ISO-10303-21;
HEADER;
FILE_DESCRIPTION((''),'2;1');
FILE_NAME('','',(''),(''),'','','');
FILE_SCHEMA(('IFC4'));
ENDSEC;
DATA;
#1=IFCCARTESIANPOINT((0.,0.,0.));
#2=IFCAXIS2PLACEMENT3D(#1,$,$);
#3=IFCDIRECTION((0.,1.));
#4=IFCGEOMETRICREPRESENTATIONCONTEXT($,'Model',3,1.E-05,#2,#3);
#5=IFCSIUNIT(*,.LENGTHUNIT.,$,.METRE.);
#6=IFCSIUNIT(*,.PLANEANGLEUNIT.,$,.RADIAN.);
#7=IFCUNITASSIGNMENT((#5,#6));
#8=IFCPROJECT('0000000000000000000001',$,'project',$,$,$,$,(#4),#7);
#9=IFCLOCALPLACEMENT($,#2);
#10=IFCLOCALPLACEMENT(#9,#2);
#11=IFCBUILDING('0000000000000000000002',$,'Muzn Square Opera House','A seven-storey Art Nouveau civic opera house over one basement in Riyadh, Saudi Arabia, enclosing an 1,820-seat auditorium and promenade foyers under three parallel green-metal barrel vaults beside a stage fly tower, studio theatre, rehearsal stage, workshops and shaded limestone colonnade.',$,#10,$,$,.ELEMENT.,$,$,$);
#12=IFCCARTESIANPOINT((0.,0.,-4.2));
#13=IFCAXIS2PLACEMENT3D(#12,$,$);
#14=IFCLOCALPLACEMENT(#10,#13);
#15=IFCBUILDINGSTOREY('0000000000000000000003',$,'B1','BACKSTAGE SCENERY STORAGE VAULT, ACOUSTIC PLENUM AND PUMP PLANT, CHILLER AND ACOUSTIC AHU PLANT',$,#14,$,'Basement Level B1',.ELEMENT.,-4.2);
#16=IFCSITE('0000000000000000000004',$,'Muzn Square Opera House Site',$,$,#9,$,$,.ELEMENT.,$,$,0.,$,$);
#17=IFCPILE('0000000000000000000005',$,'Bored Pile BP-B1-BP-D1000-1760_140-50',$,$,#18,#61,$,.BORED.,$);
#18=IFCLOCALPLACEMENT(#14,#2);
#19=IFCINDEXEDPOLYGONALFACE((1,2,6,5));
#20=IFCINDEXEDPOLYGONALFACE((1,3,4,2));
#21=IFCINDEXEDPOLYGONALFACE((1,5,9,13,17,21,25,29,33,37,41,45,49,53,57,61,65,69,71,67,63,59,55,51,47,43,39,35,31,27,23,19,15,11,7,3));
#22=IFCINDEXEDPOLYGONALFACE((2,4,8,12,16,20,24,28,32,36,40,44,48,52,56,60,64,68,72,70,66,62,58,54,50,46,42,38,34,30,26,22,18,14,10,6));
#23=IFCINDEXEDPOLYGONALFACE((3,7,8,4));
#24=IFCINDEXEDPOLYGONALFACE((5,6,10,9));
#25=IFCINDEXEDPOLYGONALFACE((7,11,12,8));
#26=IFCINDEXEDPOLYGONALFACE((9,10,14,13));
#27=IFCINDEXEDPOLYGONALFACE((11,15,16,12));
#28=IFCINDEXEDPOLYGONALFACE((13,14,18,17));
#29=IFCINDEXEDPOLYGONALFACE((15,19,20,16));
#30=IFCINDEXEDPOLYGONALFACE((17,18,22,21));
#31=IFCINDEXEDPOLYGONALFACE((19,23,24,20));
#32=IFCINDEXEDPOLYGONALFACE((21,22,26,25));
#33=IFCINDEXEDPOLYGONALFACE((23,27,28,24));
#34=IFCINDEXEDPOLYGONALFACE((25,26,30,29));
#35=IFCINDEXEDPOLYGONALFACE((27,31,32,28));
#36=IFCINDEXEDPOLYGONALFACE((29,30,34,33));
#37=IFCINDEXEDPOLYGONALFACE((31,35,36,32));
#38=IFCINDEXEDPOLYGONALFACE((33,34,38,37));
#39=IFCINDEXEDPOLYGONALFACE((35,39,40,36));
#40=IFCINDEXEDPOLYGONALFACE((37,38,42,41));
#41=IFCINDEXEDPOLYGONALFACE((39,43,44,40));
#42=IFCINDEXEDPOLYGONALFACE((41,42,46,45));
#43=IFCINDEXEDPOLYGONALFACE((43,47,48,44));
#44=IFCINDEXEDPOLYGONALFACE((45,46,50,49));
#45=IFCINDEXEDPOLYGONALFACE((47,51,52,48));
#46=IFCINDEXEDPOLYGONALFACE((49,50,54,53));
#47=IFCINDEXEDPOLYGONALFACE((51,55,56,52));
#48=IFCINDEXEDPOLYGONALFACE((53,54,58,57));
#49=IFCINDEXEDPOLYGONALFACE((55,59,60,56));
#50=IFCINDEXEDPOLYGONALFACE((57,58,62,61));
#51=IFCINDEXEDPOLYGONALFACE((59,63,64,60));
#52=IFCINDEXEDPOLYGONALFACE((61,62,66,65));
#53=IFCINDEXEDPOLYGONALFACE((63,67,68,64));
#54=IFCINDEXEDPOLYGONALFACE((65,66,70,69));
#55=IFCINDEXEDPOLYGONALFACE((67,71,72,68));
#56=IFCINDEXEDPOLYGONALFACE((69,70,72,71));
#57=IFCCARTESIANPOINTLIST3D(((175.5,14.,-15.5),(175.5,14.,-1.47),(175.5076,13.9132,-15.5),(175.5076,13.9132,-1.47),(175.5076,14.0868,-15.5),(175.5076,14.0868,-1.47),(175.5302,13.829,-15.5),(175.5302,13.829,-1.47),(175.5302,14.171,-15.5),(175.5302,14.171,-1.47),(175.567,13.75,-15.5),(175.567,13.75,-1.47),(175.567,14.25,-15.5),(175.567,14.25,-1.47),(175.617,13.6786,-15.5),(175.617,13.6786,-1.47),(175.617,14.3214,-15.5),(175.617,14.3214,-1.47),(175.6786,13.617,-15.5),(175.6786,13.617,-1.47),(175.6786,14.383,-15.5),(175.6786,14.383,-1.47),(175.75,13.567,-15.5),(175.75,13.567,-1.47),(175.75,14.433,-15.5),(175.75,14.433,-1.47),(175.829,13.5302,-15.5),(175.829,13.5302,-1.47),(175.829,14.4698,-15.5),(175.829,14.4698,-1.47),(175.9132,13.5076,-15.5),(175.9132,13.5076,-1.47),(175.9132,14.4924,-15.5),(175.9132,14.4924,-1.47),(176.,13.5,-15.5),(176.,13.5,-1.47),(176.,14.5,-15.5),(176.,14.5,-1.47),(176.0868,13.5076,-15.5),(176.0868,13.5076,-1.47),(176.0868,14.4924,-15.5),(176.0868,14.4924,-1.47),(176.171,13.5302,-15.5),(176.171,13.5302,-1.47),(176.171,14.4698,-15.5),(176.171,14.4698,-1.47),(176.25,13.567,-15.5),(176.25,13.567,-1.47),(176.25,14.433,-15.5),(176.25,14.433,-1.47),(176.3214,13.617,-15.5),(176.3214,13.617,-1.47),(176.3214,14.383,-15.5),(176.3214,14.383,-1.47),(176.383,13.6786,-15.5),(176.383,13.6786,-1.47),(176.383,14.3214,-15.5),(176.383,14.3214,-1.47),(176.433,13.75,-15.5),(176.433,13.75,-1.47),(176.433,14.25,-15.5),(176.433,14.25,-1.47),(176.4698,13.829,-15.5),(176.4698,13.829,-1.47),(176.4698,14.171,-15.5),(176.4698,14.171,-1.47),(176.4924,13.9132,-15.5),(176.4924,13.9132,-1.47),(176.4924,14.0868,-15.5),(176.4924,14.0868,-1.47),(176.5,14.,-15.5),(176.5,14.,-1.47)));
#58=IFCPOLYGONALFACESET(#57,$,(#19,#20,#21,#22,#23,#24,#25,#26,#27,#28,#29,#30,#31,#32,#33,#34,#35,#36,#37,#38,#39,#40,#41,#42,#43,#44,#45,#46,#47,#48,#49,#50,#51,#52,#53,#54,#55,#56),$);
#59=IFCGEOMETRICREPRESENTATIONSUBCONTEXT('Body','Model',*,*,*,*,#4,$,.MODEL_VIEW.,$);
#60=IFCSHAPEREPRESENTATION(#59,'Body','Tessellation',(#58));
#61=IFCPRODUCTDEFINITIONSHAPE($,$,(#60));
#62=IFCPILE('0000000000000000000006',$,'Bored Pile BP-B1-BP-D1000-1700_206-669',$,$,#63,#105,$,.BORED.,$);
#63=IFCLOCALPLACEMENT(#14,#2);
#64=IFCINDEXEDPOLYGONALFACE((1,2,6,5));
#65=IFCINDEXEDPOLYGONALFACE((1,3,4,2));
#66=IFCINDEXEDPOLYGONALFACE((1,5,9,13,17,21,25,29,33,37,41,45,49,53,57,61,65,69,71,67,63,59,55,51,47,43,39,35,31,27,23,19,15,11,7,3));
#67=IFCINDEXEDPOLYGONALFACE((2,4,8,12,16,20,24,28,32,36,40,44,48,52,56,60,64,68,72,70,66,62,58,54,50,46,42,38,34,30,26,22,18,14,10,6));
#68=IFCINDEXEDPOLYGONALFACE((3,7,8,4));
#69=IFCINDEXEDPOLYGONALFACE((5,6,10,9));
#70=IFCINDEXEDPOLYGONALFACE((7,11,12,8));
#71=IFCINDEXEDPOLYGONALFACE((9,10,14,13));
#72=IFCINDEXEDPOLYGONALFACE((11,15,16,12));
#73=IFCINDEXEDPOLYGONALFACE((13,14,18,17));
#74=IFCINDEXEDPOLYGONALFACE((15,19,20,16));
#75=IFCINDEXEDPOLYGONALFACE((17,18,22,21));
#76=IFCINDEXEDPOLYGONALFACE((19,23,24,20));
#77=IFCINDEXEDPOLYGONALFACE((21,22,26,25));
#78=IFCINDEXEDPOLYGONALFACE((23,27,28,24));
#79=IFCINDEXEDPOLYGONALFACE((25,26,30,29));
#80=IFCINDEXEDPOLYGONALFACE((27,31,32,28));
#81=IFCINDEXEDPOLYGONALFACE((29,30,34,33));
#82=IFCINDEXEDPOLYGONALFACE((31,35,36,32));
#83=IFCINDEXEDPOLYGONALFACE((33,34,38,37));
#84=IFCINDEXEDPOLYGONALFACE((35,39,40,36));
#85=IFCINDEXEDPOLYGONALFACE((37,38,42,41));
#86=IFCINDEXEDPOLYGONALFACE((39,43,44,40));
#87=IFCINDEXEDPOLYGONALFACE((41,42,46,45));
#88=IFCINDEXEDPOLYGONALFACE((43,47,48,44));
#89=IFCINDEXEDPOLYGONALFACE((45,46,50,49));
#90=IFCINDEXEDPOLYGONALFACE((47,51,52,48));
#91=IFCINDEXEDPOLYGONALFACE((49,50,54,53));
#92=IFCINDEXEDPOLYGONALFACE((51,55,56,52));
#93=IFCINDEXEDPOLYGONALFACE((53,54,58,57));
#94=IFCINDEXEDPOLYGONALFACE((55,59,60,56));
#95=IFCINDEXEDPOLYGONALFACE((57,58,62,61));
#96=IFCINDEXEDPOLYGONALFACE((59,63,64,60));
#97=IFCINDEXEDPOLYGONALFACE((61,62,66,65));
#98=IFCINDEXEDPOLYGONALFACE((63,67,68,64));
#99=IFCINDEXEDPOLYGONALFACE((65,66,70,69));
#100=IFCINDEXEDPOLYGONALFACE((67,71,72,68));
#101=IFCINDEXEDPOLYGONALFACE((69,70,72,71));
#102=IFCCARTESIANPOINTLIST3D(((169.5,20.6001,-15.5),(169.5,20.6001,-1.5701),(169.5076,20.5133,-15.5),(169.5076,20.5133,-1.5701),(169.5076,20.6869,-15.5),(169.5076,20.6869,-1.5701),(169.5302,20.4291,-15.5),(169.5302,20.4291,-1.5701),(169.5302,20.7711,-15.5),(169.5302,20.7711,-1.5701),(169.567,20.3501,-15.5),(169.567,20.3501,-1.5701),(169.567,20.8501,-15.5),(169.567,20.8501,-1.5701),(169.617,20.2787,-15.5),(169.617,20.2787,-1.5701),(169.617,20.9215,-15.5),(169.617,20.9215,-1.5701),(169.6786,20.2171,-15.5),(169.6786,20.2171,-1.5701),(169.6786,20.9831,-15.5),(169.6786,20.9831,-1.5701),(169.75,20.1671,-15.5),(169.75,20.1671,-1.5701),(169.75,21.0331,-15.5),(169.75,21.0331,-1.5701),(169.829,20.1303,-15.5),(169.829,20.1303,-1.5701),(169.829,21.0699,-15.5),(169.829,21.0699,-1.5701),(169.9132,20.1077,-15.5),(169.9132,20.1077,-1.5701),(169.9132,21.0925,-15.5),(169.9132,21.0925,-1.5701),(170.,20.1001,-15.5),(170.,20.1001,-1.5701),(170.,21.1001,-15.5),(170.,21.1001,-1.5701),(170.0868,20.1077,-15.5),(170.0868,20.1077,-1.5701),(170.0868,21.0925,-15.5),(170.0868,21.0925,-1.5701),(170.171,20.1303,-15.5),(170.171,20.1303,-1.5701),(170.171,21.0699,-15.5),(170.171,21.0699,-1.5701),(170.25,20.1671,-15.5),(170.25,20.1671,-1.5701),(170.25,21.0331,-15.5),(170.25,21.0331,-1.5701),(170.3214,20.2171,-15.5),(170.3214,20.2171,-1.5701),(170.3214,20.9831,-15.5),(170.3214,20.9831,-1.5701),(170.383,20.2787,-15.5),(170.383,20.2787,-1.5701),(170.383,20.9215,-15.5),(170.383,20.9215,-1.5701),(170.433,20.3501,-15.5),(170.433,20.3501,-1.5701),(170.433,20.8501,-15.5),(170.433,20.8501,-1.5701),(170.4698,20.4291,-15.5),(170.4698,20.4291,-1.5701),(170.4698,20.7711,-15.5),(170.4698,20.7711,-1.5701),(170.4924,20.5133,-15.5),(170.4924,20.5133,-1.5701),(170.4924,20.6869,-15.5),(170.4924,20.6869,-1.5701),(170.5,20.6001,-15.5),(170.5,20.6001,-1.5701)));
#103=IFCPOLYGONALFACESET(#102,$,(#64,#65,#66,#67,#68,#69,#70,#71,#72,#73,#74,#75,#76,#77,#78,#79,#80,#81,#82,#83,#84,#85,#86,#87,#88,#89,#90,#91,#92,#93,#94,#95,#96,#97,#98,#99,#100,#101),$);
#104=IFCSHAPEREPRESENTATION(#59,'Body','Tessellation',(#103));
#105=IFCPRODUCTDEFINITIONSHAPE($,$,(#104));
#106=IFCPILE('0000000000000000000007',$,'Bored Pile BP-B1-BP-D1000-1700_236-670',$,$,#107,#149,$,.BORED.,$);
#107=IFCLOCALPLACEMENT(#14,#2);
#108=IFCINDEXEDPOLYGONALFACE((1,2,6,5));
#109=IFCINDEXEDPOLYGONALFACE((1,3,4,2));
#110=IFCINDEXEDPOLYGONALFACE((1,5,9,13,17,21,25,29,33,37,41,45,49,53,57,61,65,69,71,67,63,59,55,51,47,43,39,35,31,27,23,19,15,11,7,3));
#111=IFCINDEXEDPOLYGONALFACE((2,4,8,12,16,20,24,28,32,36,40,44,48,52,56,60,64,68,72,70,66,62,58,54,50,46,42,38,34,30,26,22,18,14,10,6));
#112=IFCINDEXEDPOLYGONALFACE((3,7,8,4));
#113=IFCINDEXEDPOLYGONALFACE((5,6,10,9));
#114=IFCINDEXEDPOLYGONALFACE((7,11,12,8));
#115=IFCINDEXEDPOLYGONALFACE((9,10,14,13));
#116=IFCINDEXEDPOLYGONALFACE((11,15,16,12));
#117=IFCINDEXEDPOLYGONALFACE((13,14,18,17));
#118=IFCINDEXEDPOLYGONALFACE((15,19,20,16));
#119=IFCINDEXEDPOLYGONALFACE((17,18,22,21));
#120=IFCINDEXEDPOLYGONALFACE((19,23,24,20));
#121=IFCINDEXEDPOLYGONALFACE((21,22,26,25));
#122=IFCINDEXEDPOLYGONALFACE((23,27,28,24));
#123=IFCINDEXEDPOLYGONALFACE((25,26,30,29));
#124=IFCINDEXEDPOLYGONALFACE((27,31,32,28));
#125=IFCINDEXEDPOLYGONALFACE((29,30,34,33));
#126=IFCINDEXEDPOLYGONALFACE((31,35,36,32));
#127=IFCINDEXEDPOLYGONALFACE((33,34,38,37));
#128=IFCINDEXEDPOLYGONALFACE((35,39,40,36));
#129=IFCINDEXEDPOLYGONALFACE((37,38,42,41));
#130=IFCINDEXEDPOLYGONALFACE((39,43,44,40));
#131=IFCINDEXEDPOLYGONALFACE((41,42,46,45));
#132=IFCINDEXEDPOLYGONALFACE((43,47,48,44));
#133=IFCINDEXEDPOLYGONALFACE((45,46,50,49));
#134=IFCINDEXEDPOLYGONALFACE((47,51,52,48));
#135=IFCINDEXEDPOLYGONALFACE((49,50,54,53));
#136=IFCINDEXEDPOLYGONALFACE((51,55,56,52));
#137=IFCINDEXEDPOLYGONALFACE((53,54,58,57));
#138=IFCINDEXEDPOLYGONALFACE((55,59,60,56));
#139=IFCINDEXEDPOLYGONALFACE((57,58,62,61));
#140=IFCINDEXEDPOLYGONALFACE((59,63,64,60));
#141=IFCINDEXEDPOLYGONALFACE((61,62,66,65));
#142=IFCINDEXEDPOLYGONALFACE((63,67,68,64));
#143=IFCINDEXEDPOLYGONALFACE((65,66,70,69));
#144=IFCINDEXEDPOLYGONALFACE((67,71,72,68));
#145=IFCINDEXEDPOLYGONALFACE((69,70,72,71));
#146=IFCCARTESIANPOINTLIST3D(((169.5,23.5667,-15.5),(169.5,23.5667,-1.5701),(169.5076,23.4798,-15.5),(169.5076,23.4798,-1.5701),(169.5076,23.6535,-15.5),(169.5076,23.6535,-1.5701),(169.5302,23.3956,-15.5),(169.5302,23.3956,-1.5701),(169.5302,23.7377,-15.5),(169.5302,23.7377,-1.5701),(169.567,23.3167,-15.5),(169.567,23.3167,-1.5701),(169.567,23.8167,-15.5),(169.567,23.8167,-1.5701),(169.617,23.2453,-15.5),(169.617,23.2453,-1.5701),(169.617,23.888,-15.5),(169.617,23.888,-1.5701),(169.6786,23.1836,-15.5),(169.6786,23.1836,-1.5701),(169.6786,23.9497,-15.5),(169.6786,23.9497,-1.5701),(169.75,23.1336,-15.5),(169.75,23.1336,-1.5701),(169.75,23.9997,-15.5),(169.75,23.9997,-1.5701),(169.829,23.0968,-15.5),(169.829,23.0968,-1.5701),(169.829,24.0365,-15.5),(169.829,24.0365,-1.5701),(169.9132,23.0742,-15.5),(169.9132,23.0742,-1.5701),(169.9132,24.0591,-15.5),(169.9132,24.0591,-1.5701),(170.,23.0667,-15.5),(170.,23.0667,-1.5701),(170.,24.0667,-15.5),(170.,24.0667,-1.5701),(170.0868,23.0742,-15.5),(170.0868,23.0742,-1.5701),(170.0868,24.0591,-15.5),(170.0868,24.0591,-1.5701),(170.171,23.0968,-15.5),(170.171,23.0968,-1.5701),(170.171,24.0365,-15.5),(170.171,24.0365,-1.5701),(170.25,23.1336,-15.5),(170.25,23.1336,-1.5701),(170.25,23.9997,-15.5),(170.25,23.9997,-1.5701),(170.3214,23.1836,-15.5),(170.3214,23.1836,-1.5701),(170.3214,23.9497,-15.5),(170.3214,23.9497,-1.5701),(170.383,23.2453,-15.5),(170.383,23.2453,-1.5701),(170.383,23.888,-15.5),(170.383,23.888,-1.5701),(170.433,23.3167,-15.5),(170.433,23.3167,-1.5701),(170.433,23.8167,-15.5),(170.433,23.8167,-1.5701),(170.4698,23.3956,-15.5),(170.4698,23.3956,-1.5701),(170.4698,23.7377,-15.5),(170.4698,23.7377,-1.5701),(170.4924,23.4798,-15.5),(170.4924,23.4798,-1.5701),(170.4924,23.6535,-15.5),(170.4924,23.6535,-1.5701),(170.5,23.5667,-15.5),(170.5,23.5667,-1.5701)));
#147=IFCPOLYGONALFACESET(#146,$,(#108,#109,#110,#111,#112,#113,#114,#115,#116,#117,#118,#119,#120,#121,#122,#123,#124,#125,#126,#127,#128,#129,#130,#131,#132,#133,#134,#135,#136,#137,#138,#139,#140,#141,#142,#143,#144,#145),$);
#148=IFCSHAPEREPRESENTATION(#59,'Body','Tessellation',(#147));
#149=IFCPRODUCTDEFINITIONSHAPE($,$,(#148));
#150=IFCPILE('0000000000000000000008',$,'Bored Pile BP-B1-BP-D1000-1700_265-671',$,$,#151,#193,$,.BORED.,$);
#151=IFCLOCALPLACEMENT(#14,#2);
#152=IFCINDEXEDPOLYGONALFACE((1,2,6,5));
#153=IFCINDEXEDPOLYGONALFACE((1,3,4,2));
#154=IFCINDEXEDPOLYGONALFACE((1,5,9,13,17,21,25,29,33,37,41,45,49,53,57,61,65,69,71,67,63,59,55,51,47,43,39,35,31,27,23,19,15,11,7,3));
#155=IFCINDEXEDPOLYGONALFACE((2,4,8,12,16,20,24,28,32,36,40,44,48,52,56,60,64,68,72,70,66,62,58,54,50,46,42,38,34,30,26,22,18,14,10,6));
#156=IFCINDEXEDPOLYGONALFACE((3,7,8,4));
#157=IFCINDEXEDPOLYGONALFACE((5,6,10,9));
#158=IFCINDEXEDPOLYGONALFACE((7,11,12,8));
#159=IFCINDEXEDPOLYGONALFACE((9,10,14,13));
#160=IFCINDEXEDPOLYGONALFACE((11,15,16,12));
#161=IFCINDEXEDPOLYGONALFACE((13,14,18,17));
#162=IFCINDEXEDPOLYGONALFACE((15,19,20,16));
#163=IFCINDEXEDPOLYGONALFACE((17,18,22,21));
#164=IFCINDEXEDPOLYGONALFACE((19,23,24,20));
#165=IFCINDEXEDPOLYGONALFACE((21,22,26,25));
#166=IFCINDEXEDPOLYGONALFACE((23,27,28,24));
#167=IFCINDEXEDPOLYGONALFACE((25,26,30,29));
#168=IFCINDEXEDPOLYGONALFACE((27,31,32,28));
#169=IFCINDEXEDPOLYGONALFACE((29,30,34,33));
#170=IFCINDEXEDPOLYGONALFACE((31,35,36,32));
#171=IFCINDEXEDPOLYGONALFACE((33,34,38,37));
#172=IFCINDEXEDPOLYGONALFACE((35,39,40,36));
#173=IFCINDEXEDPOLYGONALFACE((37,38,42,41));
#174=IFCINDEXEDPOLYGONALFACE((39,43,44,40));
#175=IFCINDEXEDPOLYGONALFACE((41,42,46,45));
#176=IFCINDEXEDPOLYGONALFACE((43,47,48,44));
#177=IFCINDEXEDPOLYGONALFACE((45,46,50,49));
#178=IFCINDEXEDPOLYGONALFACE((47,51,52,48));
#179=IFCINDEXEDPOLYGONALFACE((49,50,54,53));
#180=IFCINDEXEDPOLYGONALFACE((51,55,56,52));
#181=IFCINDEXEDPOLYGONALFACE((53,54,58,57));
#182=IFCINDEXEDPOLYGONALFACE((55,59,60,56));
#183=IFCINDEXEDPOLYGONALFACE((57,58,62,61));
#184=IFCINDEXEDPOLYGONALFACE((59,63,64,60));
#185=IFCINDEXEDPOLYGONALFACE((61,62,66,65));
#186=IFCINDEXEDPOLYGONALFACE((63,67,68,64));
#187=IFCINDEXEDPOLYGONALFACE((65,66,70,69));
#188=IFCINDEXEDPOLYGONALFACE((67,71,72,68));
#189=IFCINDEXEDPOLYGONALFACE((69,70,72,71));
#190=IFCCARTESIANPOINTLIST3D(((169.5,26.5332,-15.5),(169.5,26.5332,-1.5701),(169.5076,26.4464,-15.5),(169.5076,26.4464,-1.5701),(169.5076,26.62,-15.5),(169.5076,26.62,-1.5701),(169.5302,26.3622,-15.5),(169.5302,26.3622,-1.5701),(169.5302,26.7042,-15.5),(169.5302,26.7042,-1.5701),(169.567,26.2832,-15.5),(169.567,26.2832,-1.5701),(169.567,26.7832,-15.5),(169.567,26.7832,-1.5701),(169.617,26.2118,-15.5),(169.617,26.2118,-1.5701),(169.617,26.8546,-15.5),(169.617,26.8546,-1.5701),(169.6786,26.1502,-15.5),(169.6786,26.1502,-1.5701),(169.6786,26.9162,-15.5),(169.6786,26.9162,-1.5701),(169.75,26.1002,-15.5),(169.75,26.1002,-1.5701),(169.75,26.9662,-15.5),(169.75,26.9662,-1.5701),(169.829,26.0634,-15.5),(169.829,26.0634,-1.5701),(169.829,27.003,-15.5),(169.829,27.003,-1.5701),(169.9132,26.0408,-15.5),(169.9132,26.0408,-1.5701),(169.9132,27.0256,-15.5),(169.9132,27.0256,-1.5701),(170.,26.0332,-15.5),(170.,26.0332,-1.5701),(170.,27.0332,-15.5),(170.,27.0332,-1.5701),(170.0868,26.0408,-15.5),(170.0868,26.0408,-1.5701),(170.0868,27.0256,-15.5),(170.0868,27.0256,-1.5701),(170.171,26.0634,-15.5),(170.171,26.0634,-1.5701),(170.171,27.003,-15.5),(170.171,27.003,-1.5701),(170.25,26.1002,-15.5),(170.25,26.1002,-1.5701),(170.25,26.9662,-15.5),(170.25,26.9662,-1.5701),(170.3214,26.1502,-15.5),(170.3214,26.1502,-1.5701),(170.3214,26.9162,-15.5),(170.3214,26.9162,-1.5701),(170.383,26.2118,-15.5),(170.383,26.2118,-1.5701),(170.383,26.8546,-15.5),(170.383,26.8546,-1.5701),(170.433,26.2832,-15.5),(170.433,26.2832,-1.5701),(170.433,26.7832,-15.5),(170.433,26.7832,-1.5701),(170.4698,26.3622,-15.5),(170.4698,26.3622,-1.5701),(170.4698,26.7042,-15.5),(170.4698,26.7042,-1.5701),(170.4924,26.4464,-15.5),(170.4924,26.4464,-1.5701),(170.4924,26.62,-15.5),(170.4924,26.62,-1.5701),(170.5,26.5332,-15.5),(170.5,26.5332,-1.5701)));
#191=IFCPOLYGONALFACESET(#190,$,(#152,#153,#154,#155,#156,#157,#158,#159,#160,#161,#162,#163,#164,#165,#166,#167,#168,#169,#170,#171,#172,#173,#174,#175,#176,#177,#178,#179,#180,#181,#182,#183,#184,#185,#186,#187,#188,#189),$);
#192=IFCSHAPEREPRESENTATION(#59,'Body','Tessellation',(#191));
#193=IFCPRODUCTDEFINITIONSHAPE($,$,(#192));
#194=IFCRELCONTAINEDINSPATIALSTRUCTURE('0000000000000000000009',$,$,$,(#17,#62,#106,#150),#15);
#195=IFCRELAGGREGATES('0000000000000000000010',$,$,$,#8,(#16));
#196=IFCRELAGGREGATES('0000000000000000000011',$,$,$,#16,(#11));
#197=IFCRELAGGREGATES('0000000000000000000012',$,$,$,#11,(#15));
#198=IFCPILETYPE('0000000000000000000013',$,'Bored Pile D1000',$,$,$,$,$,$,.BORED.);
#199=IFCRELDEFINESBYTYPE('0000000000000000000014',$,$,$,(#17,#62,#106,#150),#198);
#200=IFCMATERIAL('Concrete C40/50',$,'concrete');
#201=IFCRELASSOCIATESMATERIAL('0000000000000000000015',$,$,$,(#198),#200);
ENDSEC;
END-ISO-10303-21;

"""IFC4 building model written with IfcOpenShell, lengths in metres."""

from ifc_helpers import new_model, si_unit, direction, frame, origin, origin_2d, place, context, subcontext, project, spatial, circle, extrude, material, material_profile, profile_set, type_object, element, save


model = new_model("IFC4")

# Units and contexts
model_context = context("Model", 3, precision=1e-05, world=origin(), true_north=direction((0.0, 1.0)))
body_context = subcontext(model_context, "Body", "Model", "MODEL_VIEW")
ifc_project = project(units=[si_unit("LENGTHUNIT", "METRE"), si_unit("PLANEANGLEUNIT", "RADIAN")], contexts=[model_context])

# Site, building, storey
site_placement = place(None, origin())
site = spatial("IfcSite", under=ifc_project, at=site_placement, Name="Muzn Square Opera House Site", CompositionType="ELEMENT", RefElevation=0.0)
building_placement = place(site_placement, origin())
building = spatial("IfcBuilding", under=site, at=building_placement, Name="Muzn Square Opera House", Description="A seven-storey Art Nouveau civic opera house over one basement in Riyadh, Saudi Arabia, enclosing an 1,820-seat auditorium and promenade foyers under three parallel green-metal barrel vaults beside a stage fly tower, studio theatre, rehearsal stage, workshops and shaded limestone colonnade.", CompositionType="ELEMENT")
storey_placement = place(building_placement, frame((0.0, 0.0, -4.2)))
storey = spatial("IfcBuildingStorey", under=building, at=storey_placement, Name="B1", Description="BACKSTAGE SCENERY STORAGE VAULT, ACOUSTIC PLENUM AND PUMP PLANT, CHILLER AND ACOUSTIC AHU PLANT", LongName="Basement Level B1", CompositionType="ELEMENT", Elevation=-4.2)

# Piles
ifc_material_1 = material(Name="Concrete C40/50", Category="concrete")
ifc_material_profile_1 = material_profile(ifc_material_1, circle(Radius=0.5, at=origin_2d()), Name="BORED PILE D1000", Category="concrete")
ifc_profile_set_1 = profile_set([ifc_material_profile_1], Name="Concrete C40/50")
pile_type = type_object("IfcPileType", Name="Bored Pile D1000", PredefinedType="BORED", material=ifc_profile_set_1)
pile_1_placement = place(storey_placement, frame((176.0, 14.0, -1.47), z_axis=(0.0, 0.0, -1.0), x_axis=(1.0, 0.0, 0.0)))
element("IfcPile", 1, at=pile_1_placement, inside=storey, type_object=pile_type, Name="Bored Pile BP-B1-BP-D1000-1760_140-50", PredefinedType="BORED", context=body_context, shape_type="SweptSolid", body=[
    extrude(circle(Radius=0.5, at=origin_2d()), origin(), (0.0, 0.0, 1.0), 14.03),
])
for number, where, z_axis, x_axis, name in (
    (2, (170.0, 20.6001, -1.5701), (0.0, 0.0, -1.0), (1.0, 0.0, 0.0), "Bored Pile BP-B1-BP-D1000-1700_206-669"),
    (3, (170.0, 23.5667, -1.5701), (0.0, 0.0, -1.0), (1.0, 0.0, 0.0), "Bored Pile BP-B1-BP-D1000-1700_236-670"),
    (4, (170.0, 26.5332, -1.5701), (0.0, 0.0, -1.0), (1.0, 0.0, 0.0), "Bored Pile BP-B1-BP-D1000-1700_265-671"),
):
    element("IfcPile", number, at=place(storey_placement, frame(where, z_axis=z_axis, x_axis=x_axis)), inside=storey, type_object=pile_type, Name=name, PredefinedType="BORED", context=body_context, shape_type="SweptSolid", body=[
        extrude(circle(Radius=0.5, at=origin_2d()), origin(), (0.0, 0.0, 1.0), 13.9299),
    ])

save(model, "model.ifc")
